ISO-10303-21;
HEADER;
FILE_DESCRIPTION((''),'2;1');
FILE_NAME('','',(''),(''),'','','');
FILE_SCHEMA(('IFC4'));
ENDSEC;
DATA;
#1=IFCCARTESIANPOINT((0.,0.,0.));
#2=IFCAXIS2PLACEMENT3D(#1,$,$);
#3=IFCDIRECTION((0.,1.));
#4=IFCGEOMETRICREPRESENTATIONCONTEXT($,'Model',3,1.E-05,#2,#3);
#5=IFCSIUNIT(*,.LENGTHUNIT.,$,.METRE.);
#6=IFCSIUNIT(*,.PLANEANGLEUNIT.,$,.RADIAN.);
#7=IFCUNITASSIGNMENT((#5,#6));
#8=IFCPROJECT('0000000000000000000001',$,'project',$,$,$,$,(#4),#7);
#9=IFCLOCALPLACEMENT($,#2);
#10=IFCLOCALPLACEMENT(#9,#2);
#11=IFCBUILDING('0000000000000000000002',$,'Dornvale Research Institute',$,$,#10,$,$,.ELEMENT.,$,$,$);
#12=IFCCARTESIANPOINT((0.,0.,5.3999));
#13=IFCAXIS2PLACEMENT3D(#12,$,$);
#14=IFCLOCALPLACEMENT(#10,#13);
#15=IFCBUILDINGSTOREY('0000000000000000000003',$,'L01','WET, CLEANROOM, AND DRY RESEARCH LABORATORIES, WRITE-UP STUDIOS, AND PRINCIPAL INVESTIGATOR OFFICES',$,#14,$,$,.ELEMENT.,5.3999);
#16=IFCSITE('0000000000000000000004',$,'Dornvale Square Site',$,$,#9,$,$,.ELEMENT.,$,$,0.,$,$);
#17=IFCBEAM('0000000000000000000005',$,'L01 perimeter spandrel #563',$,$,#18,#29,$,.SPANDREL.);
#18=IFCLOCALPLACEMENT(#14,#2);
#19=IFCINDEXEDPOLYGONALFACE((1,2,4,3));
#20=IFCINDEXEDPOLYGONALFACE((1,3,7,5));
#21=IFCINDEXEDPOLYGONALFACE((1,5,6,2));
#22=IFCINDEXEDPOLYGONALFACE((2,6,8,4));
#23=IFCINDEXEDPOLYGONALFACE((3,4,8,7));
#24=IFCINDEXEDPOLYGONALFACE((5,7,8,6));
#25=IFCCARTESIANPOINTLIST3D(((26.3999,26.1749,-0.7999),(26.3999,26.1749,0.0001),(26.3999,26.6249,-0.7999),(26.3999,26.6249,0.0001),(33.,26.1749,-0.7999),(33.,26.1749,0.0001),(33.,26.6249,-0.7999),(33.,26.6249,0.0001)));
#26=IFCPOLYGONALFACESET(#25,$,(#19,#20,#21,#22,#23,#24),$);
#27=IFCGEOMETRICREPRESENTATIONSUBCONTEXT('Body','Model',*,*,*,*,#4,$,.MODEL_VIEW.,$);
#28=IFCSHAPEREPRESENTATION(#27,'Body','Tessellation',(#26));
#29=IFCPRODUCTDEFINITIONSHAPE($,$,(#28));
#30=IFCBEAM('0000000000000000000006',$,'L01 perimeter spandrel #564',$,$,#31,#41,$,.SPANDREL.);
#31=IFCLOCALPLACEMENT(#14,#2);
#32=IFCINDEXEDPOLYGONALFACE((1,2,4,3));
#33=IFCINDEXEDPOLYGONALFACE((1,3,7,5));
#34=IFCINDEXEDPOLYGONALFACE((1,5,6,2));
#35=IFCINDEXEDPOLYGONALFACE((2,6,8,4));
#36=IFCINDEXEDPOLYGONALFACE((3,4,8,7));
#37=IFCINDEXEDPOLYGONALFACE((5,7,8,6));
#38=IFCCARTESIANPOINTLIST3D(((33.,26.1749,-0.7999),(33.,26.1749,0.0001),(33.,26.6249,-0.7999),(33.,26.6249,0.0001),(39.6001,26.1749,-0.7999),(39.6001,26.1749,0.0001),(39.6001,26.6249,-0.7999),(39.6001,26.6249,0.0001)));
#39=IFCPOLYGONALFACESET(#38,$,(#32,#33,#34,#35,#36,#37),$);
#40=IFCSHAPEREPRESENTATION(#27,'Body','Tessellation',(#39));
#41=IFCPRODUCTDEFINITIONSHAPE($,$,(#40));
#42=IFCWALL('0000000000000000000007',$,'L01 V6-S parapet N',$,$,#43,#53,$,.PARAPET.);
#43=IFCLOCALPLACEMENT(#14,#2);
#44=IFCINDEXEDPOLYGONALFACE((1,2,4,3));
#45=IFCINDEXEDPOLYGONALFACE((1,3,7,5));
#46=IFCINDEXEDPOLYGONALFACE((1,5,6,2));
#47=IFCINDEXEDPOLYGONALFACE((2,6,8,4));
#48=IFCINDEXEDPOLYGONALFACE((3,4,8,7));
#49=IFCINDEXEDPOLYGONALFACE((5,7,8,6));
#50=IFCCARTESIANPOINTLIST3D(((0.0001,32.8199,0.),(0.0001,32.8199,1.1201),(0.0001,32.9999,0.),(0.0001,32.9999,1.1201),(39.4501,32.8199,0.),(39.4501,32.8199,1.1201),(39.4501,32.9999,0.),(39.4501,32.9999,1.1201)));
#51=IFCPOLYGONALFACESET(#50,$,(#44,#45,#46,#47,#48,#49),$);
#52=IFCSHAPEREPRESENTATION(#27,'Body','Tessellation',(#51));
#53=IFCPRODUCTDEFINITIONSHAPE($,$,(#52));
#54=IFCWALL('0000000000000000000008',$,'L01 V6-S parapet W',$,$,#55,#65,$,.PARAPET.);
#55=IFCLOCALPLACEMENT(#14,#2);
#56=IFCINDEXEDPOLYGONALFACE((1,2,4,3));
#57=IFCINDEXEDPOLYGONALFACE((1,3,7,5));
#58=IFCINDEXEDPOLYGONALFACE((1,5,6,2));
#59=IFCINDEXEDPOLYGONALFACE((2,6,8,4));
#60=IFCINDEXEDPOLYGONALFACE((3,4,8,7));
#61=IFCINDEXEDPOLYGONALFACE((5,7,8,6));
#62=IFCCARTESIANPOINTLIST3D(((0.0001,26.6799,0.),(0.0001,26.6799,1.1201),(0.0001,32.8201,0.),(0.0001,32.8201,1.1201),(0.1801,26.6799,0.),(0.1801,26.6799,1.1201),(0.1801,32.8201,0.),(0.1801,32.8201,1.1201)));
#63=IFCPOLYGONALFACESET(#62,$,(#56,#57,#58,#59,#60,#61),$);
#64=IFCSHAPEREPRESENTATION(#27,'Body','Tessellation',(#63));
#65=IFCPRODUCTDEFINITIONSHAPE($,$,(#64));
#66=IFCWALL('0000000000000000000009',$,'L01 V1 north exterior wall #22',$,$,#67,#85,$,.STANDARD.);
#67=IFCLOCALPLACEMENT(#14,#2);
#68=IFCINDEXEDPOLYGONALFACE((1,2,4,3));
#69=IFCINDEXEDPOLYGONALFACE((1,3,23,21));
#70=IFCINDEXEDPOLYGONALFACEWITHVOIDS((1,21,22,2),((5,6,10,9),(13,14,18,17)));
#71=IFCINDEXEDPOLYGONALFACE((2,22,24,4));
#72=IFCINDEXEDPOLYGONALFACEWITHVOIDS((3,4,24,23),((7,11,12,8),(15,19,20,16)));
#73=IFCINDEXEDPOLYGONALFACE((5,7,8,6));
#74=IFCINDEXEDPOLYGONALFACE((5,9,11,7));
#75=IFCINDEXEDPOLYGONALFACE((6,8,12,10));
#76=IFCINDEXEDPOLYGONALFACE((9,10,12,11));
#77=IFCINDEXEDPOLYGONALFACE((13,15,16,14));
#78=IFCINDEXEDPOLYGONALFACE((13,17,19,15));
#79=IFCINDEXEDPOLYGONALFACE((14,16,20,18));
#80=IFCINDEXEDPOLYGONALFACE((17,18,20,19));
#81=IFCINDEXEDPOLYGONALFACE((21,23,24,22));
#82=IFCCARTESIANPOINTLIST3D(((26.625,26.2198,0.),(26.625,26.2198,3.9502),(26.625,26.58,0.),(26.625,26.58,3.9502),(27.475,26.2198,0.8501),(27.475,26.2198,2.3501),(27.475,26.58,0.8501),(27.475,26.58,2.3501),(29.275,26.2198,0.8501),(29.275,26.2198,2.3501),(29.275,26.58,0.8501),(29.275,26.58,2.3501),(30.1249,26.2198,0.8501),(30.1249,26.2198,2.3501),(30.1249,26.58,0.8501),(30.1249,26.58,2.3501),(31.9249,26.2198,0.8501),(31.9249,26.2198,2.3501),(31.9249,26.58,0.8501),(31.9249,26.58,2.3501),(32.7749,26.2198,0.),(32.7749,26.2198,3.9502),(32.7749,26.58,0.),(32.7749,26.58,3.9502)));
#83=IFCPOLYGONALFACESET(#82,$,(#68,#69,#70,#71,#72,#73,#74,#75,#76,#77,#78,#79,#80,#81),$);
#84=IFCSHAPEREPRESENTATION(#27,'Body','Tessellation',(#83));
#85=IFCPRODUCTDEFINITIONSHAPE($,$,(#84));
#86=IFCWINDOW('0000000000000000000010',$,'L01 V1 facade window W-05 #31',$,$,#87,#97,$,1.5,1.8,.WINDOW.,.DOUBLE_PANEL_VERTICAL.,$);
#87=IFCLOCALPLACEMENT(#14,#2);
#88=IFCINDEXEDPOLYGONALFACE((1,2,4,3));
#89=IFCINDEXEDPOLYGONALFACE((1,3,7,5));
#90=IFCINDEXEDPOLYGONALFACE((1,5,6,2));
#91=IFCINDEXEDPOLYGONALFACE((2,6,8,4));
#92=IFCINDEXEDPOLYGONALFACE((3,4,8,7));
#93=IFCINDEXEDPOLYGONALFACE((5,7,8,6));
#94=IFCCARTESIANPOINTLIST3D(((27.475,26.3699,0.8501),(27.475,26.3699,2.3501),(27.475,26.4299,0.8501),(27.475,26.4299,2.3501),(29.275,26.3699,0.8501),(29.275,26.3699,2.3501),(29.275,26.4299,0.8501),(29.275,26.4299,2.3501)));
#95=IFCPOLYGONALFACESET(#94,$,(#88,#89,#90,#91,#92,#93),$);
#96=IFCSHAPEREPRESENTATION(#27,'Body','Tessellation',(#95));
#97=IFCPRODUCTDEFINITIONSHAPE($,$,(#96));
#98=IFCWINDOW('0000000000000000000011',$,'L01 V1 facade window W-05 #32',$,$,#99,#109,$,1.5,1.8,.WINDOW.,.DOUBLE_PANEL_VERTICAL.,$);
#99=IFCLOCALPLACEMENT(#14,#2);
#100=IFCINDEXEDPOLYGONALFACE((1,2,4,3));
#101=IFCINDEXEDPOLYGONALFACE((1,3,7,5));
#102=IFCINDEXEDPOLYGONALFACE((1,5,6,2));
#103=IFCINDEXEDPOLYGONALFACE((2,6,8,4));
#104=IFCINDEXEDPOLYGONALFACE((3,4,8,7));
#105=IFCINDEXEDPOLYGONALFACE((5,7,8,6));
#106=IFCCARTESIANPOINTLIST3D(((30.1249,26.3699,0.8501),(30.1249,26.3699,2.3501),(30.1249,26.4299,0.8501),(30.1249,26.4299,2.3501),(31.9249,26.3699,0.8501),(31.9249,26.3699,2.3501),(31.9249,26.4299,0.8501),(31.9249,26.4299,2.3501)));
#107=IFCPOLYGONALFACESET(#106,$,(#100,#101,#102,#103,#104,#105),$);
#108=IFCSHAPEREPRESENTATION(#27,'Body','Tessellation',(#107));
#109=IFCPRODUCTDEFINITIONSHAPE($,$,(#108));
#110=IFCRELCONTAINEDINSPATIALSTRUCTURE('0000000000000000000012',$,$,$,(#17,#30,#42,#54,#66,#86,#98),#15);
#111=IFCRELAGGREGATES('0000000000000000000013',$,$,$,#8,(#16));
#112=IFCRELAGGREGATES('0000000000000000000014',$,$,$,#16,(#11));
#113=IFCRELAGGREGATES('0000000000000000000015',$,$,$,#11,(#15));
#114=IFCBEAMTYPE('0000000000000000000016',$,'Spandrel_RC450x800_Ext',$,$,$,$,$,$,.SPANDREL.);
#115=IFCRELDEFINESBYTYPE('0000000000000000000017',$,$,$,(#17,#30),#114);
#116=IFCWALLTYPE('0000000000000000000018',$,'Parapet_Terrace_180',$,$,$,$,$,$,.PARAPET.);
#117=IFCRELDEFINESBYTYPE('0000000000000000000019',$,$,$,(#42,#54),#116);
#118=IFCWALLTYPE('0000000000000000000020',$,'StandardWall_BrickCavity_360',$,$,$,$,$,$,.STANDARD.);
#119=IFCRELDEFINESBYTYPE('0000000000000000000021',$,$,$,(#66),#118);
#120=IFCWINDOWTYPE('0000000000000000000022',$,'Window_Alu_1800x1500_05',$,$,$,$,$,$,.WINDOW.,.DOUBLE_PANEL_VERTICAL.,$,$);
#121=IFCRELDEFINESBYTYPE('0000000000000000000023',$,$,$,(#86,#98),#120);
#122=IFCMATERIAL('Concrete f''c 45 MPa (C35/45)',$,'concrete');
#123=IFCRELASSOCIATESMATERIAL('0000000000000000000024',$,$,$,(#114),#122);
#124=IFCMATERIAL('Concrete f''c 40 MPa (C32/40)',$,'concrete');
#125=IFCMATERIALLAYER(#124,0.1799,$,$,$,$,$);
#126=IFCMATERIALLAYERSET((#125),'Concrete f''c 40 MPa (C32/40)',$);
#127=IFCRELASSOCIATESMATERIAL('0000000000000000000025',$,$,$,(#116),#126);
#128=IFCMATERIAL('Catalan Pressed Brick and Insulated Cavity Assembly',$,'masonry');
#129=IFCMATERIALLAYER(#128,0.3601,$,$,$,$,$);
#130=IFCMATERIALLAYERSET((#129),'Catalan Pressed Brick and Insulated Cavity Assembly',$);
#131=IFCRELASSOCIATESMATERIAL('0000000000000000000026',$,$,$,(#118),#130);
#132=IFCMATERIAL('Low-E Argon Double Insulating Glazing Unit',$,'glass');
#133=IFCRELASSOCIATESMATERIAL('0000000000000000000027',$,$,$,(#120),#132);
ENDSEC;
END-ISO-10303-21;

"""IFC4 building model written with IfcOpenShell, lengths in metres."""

from ifc_helpers import new_model, si_unit, direction, frame, frame_2d, origin, origin_2d, place, context, subcontext, project, spatial, rectangle, extrude, material, layer, layer_set, material_profile, profile_set, type_object, element, fill, save


model = new_model("IFC4")

# Units and contexts
model_context = context("Model", 3, precision=1e-05, world=origin(), true_north=direction((0.0, 1.0)))
body_context = subcontext(model_context, "Body", "Model", "MODEL_VIEW")
ifc_project = project(units=[si_unit("LENGTHUNIT", "METRE"), si_unit("PLANEANGLEUNIT", "RADIAN")], contexts=[model_context])

# Site, building, storey
site_placement = place(None, origin())
site = spatial("IfcSite", under=ifc_project, at=site_placement, Name="Dornvale Square Site", CompositionType="ELEMENT", RefElevation=0.0)
building_placement = place(site_placement, origin())
building = spatial("IfcBuilding", under=site, at=building_placement, Name="Dornvale Research Institute", CompositionType="ELEMENT")
storey_placement = place(building_placement, frame((0.0, 0.0, 5.3999)))
storey = spatial("IfcBuildingStorey", under=building, at=storey_placement, Name="L01", Description="WET, CLEANROOM, AND DRY RESEARCH LABORATORIES, WRITE-UP STUDIOS, AND PRINCIPAL INVESTIGATOR OFFICES", CompositionType="ELEMENT", Elevation=5.3999)

# Beams
ifc_material_1 = material(Name="Concrete f'c 45 MPa (C35/45)", Category="concrete")
ifc_material_profile_1 = material_profile(ifc_material_1, rectangle(XDim=0.45, YDim=0.8, at=origin_2d()), Name="RC 450x800")
ifc_profile_set_1 = profile_set([ifc_material_profile_1], Name="Concrete f'c 45 MPa (C35/45)")
beam_type_1 = type_object("IfcBeamType", Name="Spandrel_RC450x800_Ext", PredefinedType="SPANDREL", material=ifc_profile_set_1)
for number, where, z_axis, x_axis, name in (
    (1, (26.3999, 26.3999, -0.3999), (1.0, 0.0, 0.0), (0.0, 1.0, 0.0), "L01 perimeter spandrel #563"),
    (2, (33.0, 26.3999, -0.3999), (1.0, 0.0, 0.0), (0.0, 1.0, 0.0), "L01 perimeter spandrel #564"),
):
    element("IfcBeam", number, at=place(storey_placement, frame(where, z_axis=z_axis, x_axis=x_axis)), inside=storey, type_object=beam_type_1, Name=name, PredefinedType="SPANDREL", context=body_context, shape_type="SweptSolid", body=[
        extrude(rectangle(XDim=0.45, YDim=0.8, at=origin_2d()), origin(), (0.0, 0.0, 1.0), 6.6001),
    ])

# Walls
ifc_material_2 = material(Name="Concrete f'c 40 MPa (C32/40)", Category="concrete")
ifc_layer_1 = layer(ifc_material_2, 0.1799)
ifc_layer_set_1 = layer_set([ifc_layer_1], Name="Concrete f'c 40 MPa (C32/40)")
wall_type_1 = type_object("IfcWallType", Name="Parapet_Terrace_180", PredefinedType="PARAPET", material=ifc_layer_set_1)
wall_1_placement = place(storey_placement, frame((0.0, 32.9099, 0.0), z_axis=(0.0, 0.0, 1.0), x_axis=(1.0, 0.0, 0.0)))
element("IfcWall", 3, at=wall_1_placement, inside=storey, type_object=wall_type_1, Name="L01 V6-S parapet N", PredefinedType="PARAPET", context=body_context, shape_type="SweptSolid", body=[
    extrude(rectangle(XDim=39.45, YDim=0.1799, at=frame_2d((19.7251, 0.0))), origin(), (0.0, 0.0, 1.0), 1.1201),
])
wall_2_placement = place(storey_placement, frame((0.0901, 26.6799, 0.0), z_axis=(0.0, 0.0, 1.0), x_axis=(0.0, 1.0, 0.0)))
element("IfcWall", 4, at=wall_2_placement, inside=storey, type_object=wall_type_1, Name="L01 V6-S parapet W", PredefinedType="PARAPET", context=body_context, shape_type="SweptSolid", body=[
    extrude(rectangle(XDim=6.1401, YDim=0.1799, at=frame_2d((3.0701, 0.0))), origin(), (0.0, 0.0, 1.0), 1.1201),
])

# Wall, openings, windows
ifc_material_3 = material(Name="Catalan Pressed Brick and Insulated Cavity Assembly", Category="masonry")
ifc_layer_2 = layer(ifc_material_3, 0.3601)
ifc_layer_set_2 = layer_set([ifc_layer_2], Name="Catalan Pressed Brick and Insulated Cavity Assembly")
wall_type_2 = type_object("IfcWallType", Name="StandardWall_BrickCavity_360", PredefinedType="STANDARD", material=ifc_layer_set_2)
wall_3_placement = place(storey_placement, frame((26.625, 26.3999, 0.0), z_axis=(0.0, 0.0, 1.0), x_axis=(1.0, 0.0, 0.0)))
wall_3 = element("IfcWall", 5, at=wall_3_placement, inside=storey, type_object=wall_type_2, Name="L01 V1 north exterior wall #22", PredefinedType="STANDARD", context=body_context, shape_type="SweptSolid", body=[
    extrude(rectangle(XDim=6.1499, YDim=0.3601, at=frame_2d((3.075, 0.0))), origin(), (0.0, 0.0, 1.0), 3.9502),
])
opening_1_placement = place(wall_3_placement, frame((0.8501, 0.0, 0.8501)))
opening_1 = element("IfcOpeningElement", 6, at=opening_1_placement, cuts=wall_3, PredefinedType="OPENING", context=body_context, shape_type="SweptSolid", body=[
    extrude(rectangle(XDim=1.8, YDim=1.5, at=frame_2d((0.8999, 0.75))), frame((0.0, 0.1951, 0.0), z_axis=(0.0, -1.0, 0.0), x_axis=(1.0, 0.0, 0.0)), (0.0, 0.0, 1.0), 0.3901),
])
opening_2_placement = place(wall_3_placement, frame((3.5, 0.0, 0.8501)))
opening_2 = element("IfcOpeningElement", 7, at=opening_2_placement, cuts=wall_3, PredefinedType="OPENING", context=body_context, shape_type="SweptSolid", body=[
    extrude(rectangle(XDim=1.8, YDim=1.5, at=frame_2d((0.8999, 0.75))), frame((0.0, 0.1951, 0.0), z_axis=(0.0, -1.0, 0.0), x_axis=(1.0, 0.0, 0.0)), (0.0, 0.0, 1.0), 0.3901),
])
ifc_material_4 = material(Name="Low-E Argon Double Insulating Glazing Unit", Category="glass")
window_type = type_object("IfcWindowType", Name="Window_Alu_1800x1500_05", PartitioningType="DOUBLE_PANEL_VERTICAL", PredefinedType="WINDOW", material=ifc_material_4)
window_1_placement = place(opening_1_placement, origin())
window_1 = element("IfcWindow", 8, at=window_1_placement, inside=storey, type_object=window_type, Name="L01 V1 facade window W-05 #31", OverallHeight=1.5, OverallWidth=1.8, PartitioningType="DOUBLE_PANEL_VERTICAL", PredefinedType="WINDOW", context=body_context, shape_type="SweptSolid", body=[
    extrude(rectangle(XDim=1.8, YDim=1.5, at=frame_2d((0.8999, 0.75))), frame((0.0, 0.03, 0.0), z_axis=(0.0, -1.0, 0.0), x_axis=(1.0, 0.0, 0.0)), (0.0, 0.0, 1.0), 0.0601),
])
fill(opening_1, window_1)
window_2_placement = place(opening_2_placement, origin())
window_2 = element("IfcWindow", 9, at=window_2_placement, inside=storey, type_object=window_type, Name="L01 V1 facade window W-05 #32", OverallHeight=1.5, OverallWidth=1.8, PartitioningType="DOUBLE_PANEL_VERTICAL", PredefinedType="WINDOW", context=body_context, shape_type="SweptSolid", body=[
    extrude(rectangle(XDim=1.8, YDim=1.5, at=frame_2d((0.8999, 0.75))), frame((0.0, 0.03, 0.0), z_axis=(0.0, -1.0, 0.0), x_axis=(1.0, 0.0, 0.0)), (0.0, 0.0, 1.0), 0.0601),
])
fill(opening_2, window_2)

save(model, "model.ifc")
